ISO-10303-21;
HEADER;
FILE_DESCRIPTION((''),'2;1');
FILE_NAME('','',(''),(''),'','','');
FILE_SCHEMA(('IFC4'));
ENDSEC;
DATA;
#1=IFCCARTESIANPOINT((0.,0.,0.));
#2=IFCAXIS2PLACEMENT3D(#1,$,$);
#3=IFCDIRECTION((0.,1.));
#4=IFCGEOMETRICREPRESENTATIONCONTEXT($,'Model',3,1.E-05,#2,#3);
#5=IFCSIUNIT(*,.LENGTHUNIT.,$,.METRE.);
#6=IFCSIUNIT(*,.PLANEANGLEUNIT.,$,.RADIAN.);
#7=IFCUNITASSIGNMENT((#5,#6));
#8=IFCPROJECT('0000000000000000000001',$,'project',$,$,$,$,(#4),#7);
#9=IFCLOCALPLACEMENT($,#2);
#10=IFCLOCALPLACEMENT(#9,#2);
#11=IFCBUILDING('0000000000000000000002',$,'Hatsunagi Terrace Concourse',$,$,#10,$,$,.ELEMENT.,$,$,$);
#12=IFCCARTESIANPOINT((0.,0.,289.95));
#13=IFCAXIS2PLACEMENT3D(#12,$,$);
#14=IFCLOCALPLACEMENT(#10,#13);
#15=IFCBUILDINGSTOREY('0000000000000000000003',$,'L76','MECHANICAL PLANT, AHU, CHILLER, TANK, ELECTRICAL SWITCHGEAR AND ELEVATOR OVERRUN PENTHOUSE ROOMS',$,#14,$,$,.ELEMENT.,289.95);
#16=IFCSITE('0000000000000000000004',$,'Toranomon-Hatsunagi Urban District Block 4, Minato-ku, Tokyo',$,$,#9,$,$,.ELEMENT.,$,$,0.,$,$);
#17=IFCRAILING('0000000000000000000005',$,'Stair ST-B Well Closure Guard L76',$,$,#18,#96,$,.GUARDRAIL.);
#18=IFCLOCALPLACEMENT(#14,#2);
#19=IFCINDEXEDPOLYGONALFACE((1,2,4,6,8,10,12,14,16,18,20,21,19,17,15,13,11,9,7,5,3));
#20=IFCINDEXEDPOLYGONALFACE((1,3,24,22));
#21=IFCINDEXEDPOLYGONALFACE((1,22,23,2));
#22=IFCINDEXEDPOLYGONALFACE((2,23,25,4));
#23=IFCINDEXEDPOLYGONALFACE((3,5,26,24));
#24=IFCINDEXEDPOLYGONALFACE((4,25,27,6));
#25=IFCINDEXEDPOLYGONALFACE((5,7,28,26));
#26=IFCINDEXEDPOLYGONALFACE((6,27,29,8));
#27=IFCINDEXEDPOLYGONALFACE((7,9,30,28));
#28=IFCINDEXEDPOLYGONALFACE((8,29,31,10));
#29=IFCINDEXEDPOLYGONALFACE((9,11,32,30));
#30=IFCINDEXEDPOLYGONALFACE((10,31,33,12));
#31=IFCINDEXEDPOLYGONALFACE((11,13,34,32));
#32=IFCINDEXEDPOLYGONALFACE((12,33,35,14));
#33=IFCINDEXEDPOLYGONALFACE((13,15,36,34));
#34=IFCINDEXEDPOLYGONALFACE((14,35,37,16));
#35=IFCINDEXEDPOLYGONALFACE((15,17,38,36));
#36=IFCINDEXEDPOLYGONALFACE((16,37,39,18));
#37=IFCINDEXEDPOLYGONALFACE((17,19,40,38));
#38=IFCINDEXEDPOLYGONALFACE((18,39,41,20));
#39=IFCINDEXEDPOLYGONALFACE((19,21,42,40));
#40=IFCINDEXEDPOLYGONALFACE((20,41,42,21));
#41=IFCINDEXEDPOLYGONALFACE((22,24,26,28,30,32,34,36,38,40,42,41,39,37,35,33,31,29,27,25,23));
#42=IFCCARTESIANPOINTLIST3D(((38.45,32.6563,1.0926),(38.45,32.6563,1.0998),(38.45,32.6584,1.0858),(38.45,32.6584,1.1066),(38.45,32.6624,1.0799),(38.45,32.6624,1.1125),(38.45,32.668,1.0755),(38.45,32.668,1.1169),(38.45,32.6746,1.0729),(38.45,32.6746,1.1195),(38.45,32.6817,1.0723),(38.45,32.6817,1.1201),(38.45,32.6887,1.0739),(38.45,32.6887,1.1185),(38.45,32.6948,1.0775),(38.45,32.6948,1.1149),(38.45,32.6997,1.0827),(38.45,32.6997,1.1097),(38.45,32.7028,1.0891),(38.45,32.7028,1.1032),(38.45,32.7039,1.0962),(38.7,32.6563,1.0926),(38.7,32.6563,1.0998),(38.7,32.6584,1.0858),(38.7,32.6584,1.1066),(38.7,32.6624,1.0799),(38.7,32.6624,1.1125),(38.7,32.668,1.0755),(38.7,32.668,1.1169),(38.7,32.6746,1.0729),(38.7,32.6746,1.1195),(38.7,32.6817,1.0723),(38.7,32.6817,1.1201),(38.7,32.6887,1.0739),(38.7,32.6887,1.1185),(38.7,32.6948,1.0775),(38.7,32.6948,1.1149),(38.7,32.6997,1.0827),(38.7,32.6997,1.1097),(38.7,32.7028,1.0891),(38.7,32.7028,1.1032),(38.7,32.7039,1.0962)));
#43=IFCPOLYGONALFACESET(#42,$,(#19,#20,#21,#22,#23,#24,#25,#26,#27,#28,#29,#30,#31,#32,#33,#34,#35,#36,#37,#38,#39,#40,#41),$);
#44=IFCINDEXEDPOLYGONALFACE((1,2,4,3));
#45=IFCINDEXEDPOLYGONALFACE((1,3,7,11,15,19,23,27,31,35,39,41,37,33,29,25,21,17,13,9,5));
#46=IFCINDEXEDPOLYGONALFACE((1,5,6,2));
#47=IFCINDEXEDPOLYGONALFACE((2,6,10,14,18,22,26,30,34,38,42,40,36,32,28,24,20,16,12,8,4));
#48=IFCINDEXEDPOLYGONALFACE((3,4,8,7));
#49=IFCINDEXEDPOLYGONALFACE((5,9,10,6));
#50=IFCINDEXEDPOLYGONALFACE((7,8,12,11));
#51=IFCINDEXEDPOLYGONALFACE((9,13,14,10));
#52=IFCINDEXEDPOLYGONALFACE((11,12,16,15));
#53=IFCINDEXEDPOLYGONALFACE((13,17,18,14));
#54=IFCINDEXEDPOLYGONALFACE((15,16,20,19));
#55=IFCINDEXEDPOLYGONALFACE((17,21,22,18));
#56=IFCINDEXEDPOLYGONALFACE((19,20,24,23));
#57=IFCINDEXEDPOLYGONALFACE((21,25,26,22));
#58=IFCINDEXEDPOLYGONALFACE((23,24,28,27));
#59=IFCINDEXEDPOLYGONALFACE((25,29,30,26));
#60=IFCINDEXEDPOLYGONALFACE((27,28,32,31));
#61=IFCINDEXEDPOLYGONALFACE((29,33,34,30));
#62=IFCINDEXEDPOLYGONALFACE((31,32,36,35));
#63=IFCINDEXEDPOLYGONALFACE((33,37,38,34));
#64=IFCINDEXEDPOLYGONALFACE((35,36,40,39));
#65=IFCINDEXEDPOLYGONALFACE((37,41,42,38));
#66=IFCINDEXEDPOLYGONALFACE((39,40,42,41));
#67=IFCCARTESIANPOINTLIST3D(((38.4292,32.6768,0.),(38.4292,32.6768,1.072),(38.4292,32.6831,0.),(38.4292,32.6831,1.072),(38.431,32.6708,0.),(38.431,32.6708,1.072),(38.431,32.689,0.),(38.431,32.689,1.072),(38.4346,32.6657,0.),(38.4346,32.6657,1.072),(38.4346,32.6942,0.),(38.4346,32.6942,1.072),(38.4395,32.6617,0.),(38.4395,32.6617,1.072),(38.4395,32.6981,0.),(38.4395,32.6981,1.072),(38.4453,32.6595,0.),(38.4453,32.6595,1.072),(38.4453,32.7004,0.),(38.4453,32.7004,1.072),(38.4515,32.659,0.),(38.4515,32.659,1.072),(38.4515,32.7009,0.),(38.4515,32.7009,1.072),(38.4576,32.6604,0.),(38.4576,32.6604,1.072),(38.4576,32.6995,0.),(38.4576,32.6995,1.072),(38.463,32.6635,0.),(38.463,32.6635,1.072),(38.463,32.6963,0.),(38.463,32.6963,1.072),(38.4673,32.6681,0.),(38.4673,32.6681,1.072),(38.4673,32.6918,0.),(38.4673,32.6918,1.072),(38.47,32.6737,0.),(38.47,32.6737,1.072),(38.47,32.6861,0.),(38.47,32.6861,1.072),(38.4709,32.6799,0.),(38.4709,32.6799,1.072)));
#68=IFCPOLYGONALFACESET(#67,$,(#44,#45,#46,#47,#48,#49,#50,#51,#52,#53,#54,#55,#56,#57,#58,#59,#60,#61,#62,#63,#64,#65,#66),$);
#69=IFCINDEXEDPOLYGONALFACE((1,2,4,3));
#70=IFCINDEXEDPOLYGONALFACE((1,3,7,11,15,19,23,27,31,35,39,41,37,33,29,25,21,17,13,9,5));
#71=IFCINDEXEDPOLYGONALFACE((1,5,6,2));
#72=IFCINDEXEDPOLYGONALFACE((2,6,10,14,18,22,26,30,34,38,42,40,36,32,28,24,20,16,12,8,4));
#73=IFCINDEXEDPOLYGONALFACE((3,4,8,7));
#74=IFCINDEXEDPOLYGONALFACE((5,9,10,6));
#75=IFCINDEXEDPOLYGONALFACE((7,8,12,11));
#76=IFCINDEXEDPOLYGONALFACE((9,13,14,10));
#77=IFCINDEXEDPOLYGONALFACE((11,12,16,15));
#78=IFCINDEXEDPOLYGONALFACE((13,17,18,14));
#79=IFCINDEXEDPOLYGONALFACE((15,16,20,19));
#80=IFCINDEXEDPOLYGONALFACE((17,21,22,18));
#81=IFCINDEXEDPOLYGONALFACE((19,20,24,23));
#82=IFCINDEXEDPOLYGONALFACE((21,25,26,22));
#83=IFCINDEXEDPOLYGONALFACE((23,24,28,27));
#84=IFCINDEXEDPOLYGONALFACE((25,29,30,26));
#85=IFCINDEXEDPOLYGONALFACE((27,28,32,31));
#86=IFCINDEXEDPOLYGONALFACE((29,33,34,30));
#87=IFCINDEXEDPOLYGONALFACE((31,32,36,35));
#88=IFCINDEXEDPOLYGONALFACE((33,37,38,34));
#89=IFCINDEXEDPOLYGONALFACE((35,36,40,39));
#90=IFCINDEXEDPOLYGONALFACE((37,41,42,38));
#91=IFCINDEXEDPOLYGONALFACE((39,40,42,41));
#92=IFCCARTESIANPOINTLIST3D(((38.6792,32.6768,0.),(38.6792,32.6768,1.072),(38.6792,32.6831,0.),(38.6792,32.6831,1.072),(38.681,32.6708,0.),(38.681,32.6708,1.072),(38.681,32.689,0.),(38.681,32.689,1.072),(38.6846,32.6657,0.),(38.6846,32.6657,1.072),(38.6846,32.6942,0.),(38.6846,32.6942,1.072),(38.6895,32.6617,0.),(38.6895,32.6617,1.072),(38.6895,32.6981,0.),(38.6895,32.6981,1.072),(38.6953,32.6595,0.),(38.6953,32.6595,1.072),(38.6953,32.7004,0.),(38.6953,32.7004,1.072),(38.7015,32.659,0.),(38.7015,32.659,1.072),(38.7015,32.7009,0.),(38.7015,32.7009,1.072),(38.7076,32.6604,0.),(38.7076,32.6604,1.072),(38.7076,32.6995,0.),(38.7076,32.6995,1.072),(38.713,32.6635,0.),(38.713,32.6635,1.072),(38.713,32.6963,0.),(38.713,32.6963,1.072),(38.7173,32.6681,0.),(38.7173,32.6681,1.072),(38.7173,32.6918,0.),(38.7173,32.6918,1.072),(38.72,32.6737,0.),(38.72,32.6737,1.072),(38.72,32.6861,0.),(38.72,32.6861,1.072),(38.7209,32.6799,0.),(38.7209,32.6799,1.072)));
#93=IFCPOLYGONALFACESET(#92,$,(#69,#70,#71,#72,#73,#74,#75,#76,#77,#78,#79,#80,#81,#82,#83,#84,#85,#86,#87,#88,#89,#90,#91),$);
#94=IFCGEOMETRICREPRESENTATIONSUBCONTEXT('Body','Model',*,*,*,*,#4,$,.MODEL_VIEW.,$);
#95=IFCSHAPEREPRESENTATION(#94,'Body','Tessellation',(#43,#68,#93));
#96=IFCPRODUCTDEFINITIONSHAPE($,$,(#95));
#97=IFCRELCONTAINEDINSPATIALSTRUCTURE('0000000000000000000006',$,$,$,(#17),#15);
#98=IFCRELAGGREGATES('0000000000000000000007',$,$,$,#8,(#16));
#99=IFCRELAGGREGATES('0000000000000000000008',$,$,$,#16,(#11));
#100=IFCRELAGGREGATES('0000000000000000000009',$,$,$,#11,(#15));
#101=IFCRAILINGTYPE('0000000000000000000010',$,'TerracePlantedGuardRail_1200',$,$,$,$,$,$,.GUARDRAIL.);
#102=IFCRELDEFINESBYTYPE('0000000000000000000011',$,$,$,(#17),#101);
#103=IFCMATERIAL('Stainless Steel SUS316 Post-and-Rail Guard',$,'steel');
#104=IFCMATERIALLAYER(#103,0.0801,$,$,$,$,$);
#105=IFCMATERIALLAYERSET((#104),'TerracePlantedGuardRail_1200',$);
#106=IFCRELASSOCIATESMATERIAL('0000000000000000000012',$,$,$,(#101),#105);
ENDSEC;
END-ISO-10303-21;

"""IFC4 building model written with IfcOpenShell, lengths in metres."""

from ifc_helpers import new_model, si_unit, direction, frame, origin, origin_2d, place, context, subcontext, project, spatial, circle, extrude, material, layer, layer_set, type_object, element, save


model = new_model("IFC4")

# Units and contexts
model_context = context("Model", 3, precision=1e-05, world=origin(), true_north=direction((0.0, 1.0)))
body_context = subcontext(model_context, "Body", "Model", "MODEL_VIEW")
ifc_project = project(units=[si_unit("LENGTHUNIT", "METRE"), si_unit("PLANEANGLEUNIT", "RADIAN")], contexts=[model_context])

# Site, building, storey
site_placement = place(None, origin())
site = spatial("IfcSite", under=ifc_project, at=site_placement, Name="Toranomon-Hatsunagi Urban District Block 4, Minato-ku, Tokyo", CompositionType="ELEMENT", RefElevation=0.0)
building_placement = place(site_placement, origin())
building = spatial("IfcBuilding", under=site, at=building_placement, Name="Hatsunagi Terrace Concourse", CompositionType="ELEMENT")
storey_placement = place(building_placement, frame((0.0, 0.0, 289.95)))
storey = spatial("IfcBuildingStorey", under=building, at=storey_placement, Name="L76", Description="MECHANICAL PLANT, AHU, CHILLER, TANK, ELECTRICAL SWITCHGEAR AND ELEVATOR OVERRUN PENTHOUSE ROOMS", CompositionType="ELEMENT", Elevation=289.95)

# Railing
ifc_material_1 = material(Name="Stainless Steel SUS316 Post-and-Rail Guard", Category="steel")
ifc_layer_1 = layer(ifc_material_1, 0.0801)
ifc_layer_set_1 = layer_set([ifc_layer_1], Name="TerracePlantedGuardRail_1200")
railing_type_1 = type_object("IfcRailingType", Name="TerracePlantedGuardRail_1200", PredefinedType="GUARDRAIL", material=ifc_layer_set_1)
railing_1_placement = place(storey_placement, frame((38.45, 32.6799, 0.0)))
element("IfcRailing", 1, at=railing_1_placement, inside=storey, type_object=railing_type_1, Name="Stair ST-B Well Closure Guard L76", PredefinedType="GUARDRAIL", context=body_context, shape_type="SweptSolid", body=[
    extrude(circle(Radius=0.0239, at=origin_2d()), frame((0.0, 0.0, 1.0962), z_axis=(1.0, 0.0, 0.0), x_axis=(0.0, 1.0, 0.0)), (0.0, 0.0, 1.0), 0.25),
    extrude(circle(Radius=0.021, at=origin_2d()), origin(), (0.0, 0.0, 1.0), 1.072),
    extrude(circle(Radius=0.021, at=origin_2d()), frame((0.25, 0.0, 0.0)), (0.0, 0.0, 1.0), 1.072),
])

save(model, "model.ifc")
